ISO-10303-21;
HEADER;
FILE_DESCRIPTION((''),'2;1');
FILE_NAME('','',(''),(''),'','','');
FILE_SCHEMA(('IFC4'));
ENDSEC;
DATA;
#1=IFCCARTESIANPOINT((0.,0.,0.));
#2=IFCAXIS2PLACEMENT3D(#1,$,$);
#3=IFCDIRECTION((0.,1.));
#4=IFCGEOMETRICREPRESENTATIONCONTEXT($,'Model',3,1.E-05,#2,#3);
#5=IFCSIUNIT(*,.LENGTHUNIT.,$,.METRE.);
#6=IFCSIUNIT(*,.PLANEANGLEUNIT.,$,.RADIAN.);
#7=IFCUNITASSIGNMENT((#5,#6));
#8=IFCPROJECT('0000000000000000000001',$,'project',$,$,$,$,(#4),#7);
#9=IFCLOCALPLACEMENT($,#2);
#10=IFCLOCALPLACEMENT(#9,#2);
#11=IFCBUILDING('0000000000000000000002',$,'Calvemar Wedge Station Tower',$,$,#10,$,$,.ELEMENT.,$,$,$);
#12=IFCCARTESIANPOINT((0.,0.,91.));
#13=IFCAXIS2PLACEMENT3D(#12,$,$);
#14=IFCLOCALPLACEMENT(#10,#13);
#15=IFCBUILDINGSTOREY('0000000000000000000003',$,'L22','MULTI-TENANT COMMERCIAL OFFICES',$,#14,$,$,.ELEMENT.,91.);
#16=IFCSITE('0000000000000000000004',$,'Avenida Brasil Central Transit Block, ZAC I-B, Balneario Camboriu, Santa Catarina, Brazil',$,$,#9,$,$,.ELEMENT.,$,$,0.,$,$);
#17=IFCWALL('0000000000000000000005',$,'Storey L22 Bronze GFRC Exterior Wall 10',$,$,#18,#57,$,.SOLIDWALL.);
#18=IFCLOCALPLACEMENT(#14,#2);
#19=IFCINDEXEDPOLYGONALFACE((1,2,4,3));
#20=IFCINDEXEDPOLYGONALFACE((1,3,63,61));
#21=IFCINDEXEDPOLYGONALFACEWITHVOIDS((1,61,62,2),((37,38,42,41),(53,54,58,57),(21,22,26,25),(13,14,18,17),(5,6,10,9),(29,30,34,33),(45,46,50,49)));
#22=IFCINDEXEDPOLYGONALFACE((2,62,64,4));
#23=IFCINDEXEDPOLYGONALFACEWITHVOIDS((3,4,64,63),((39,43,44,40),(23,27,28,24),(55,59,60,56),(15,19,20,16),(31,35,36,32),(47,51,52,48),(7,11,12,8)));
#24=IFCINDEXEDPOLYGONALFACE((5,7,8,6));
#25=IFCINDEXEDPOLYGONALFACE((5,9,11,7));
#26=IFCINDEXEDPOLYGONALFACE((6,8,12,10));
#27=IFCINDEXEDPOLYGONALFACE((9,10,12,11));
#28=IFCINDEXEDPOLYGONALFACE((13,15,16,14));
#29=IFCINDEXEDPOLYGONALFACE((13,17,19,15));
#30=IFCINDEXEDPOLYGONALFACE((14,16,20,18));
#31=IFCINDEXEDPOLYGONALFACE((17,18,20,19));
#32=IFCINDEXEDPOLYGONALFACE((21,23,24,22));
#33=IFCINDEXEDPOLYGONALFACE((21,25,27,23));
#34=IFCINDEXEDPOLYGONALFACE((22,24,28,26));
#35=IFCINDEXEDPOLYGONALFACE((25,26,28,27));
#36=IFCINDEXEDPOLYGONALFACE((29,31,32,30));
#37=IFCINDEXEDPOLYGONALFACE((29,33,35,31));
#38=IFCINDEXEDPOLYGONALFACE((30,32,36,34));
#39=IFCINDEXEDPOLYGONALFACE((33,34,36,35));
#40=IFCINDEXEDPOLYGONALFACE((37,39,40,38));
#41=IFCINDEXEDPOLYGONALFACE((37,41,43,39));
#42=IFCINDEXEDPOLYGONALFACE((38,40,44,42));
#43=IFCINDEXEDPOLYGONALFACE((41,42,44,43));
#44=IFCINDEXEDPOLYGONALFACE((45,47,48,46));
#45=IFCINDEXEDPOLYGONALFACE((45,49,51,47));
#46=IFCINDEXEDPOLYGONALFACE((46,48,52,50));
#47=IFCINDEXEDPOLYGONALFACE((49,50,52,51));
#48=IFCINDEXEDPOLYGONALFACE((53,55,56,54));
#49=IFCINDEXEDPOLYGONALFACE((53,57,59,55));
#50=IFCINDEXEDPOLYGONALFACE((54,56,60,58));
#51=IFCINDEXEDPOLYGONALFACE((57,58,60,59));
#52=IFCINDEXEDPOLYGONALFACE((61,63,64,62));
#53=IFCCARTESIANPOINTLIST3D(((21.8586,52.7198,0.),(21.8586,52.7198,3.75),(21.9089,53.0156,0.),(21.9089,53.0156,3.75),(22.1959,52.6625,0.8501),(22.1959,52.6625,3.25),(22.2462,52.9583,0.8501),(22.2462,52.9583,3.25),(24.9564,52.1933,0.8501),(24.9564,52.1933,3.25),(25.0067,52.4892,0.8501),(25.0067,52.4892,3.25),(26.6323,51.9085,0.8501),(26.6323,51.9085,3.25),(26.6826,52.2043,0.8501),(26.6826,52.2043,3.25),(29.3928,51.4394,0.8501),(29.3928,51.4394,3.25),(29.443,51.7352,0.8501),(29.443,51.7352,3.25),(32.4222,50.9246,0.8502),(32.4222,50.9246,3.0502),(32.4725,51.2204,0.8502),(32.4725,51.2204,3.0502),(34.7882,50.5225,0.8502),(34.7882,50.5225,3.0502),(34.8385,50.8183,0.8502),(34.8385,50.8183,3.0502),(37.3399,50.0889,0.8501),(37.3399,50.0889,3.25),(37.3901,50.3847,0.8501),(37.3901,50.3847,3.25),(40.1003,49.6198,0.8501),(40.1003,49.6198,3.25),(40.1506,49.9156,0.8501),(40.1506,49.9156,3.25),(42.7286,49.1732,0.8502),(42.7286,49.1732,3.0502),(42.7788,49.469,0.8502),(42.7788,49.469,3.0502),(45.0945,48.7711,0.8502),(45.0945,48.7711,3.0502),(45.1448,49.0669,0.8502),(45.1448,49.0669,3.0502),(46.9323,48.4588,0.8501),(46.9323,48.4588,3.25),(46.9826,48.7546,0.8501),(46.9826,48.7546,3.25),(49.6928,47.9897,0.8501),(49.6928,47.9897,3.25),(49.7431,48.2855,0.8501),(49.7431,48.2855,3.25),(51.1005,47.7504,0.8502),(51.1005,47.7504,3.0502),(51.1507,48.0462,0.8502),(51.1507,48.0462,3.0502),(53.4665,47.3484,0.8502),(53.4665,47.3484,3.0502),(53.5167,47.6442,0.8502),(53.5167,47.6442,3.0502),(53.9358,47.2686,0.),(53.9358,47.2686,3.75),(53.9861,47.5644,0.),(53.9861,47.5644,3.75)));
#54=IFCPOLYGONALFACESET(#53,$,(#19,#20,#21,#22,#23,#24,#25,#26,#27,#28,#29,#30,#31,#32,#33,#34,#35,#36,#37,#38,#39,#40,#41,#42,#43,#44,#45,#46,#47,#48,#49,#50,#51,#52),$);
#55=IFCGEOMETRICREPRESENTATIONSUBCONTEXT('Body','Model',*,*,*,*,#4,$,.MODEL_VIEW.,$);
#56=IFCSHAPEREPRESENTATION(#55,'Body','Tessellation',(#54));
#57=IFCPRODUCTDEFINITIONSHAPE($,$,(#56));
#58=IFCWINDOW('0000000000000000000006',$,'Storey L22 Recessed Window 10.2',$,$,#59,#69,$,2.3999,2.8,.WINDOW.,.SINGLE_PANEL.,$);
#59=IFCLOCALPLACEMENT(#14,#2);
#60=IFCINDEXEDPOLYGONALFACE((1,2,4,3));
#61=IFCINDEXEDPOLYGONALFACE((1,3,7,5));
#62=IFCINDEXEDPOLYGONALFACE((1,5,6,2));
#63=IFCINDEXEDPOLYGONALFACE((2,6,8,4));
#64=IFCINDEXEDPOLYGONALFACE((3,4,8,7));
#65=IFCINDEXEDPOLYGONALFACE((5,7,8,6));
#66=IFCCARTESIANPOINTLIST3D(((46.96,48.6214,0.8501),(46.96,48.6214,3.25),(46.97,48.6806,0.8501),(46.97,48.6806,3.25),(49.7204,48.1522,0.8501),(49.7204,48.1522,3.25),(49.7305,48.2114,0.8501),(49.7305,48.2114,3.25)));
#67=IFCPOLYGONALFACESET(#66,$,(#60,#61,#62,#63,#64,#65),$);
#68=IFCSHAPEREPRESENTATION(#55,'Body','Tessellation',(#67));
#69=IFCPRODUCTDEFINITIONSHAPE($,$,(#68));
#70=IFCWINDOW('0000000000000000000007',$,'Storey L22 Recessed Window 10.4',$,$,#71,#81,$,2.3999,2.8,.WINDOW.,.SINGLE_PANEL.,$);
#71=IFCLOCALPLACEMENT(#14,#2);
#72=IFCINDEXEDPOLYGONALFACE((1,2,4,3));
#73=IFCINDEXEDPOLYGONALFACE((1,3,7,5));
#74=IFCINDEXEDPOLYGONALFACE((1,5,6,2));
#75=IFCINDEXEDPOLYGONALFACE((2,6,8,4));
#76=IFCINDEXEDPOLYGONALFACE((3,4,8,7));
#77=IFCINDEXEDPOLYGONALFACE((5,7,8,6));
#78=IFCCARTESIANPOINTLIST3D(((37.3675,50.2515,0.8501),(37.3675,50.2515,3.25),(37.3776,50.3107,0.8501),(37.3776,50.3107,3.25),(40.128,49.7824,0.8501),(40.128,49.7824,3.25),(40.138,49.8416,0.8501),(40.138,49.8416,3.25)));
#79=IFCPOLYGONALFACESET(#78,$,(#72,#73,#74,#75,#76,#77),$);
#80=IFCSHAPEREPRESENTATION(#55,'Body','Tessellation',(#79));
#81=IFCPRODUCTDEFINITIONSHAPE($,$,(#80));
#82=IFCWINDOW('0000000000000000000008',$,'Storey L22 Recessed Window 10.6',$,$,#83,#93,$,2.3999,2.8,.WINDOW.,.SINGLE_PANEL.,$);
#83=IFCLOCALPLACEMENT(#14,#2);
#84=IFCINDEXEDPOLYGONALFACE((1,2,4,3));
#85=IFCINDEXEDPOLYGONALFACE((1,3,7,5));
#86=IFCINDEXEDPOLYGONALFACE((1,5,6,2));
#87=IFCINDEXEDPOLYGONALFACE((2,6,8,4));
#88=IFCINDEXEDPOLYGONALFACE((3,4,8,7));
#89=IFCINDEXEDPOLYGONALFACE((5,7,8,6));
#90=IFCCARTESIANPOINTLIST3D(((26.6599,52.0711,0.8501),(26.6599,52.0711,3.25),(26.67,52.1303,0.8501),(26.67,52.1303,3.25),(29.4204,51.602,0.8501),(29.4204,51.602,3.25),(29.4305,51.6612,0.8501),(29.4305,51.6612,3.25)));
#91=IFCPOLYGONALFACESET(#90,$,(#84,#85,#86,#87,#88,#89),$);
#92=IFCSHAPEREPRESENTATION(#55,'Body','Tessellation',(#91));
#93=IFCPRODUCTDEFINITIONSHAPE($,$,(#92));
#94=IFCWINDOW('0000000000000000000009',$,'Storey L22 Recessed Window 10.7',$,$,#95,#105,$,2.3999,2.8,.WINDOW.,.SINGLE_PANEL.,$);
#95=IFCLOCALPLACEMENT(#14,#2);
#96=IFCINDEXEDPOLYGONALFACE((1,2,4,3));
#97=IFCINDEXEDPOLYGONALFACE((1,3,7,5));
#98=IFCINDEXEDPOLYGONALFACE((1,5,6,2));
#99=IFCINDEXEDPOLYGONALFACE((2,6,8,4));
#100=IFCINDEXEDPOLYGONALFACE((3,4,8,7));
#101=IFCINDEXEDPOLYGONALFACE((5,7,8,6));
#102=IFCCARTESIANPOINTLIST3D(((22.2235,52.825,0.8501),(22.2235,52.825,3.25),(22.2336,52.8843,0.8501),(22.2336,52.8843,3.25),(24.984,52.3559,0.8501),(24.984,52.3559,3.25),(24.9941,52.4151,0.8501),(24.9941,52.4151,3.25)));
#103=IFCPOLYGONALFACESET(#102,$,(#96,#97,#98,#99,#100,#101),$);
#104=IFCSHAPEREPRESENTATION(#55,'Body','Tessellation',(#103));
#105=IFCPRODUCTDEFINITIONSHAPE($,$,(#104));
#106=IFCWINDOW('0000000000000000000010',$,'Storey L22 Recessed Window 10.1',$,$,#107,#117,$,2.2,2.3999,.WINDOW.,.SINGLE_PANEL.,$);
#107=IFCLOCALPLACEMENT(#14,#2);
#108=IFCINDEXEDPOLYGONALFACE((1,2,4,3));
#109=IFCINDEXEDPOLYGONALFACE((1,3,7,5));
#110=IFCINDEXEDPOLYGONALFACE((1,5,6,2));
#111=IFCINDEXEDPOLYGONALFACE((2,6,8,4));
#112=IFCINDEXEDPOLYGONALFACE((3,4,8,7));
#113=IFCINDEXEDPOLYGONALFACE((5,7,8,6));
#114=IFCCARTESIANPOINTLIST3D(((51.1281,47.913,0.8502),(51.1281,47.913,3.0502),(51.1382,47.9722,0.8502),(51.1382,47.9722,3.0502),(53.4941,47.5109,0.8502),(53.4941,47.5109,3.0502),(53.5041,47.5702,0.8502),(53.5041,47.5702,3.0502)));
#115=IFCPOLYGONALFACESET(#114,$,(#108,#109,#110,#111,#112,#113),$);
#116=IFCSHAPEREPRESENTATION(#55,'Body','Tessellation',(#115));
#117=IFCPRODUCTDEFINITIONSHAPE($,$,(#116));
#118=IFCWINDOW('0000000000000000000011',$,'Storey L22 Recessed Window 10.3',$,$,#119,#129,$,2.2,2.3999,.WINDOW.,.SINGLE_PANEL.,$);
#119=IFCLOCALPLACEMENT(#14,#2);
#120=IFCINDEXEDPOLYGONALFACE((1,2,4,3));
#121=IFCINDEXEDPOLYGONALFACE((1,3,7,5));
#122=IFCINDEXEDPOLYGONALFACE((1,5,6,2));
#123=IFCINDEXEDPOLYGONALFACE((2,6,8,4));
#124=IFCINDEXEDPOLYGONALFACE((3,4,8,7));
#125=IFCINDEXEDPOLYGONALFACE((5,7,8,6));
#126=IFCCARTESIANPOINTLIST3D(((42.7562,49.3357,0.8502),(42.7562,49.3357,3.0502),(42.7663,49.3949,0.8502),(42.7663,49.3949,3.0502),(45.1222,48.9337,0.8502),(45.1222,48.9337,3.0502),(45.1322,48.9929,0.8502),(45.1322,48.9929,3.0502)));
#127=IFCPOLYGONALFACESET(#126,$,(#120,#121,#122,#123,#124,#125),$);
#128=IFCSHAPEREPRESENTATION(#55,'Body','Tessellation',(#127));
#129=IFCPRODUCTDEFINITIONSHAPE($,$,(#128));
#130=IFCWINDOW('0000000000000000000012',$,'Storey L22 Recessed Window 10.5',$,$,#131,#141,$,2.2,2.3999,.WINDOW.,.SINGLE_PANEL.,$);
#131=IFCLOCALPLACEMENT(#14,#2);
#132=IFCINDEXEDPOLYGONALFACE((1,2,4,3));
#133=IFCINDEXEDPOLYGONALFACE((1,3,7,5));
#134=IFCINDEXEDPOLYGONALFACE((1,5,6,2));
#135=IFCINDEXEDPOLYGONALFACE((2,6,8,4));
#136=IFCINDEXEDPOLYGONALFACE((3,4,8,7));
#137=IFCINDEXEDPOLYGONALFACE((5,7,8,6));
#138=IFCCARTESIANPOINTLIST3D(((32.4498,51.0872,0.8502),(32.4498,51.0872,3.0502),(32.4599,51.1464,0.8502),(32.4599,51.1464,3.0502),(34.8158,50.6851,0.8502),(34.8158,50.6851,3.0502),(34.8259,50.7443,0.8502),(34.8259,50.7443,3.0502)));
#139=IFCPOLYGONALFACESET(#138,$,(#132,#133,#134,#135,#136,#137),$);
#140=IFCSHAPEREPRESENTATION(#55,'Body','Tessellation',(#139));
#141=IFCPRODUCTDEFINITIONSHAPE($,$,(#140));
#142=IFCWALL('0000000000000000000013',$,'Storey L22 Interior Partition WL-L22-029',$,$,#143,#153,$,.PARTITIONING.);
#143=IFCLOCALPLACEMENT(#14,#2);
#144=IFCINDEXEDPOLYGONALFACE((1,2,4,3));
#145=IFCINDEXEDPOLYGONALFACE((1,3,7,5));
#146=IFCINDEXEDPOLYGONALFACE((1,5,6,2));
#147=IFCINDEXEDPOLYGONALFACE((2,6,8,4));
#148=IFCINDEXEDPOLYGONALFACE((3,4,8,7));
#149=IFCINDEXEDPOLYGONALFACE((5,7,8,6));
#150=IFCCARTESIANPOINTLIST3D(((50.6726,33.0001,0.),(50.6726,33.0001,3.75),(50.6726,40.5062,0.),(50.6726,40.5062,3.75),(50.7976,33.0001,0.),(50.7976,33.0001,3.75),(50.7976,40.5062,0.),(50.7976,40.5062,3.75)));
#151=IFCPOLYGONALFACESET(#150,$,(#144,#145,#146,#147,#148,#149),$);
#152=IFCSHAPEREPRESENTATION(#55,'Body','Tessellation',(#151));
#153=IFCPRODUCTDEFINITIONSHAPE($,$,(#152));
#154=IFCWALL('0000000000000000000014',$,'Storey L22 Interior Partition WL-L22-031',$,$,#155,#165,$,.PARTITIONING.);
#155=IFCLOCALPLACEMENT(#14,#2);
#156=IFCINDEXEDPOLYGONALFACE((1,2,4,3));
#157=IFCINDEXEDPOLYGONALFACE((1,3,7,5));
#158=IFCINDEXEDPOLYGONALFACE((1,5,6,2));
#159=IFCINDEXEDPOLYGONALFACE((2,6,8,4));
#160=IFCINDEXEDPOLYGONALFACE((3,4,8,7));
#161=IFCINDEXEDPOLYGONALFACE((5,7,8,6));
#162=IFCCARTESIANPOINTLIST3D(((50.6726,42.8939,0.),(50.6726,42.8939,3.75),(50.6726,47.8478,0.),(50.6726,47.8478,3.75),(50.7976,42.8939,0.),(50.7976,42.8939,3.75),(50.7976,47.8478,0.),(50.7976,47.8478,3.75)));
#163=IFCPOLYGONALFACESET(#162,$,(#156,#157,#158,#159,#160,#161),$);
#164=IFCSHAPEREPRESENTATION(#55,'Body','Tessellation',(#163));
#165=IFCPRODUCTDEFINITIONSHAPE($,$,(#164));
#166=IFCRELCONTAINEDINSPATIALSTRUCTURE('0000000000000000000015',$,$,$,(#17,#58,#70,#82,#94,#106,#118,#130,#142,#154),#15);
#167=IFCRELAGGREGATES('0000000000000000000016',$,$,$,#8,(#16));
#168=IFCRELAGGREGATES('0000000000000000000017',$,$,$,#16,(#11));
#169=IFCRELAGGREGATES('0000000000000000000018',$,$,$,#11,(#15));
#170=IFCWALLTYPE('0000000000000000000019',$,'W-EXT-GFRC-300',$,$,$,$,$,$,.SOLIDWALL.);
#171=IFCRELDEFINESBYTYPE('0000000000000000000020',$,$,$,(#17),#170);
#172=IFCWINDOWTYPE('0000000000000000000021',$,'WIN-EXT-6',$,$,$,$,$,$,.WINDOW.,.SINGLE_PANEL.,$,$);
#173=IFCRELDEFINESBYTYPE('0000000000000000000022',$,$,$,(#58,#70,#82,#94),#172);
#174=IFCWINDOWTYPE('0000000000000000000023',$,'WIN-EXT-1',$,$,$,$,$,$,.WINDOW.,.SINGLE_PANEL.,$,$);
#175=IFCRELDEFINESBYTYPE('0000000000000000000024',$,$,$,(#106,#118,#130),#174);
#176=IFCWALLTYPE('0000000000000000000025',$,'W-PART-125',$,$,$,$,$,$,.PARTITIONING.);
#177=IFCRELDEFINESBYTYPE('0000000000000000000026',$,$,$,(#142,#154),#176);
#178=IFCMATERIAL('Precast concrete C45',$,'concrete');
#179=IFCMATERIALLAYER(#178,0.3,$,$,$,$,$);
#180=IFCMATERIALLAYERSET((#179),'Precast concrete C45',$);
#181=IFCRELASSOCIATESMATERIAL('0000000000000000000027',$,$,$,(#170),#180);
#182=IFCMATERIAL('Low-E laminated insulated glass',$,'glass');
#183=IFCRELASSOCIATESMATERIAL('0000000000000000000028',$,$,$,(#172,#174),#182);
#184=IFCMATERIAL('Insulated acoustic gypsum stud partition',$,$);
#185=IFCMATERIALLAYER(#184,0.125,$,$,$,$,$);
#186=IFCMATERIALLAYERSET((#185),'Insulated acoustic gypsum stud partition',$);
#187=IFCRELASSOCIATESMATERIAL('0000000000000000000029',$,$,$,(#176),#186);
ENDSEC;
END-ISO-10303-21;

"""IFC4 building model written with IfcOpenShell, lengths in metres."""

from ifc_helpers import new_model, si_unit, direction, frame, frame_2d, origin, place, context, subcontext, project, spatial, rectangle, extrude, source, transform, mapped, material, layer, layer_set, type_object, element, fill, save


model = new_model("IFC4")

# Units and contexts
model_context = context("Model", 3, precision=1e-05, world=origin(), true_north=direction((0.0, 1.0)))
body_context = subcontext(model_context, "Body", "Model", "MODEL_VIEW")
ifc_project = project(units=[si_unit("LENGTHUNIT", "METRE"), si_unit("PLANEANGLEUNIT", "RADIAN")], contexts=[model_context])

# Site, building, storey
site_placement = place(None, origin())
site = spatial("IfcSite", under=ifc_project, at=site_placement, Name="Avenida Brasil Central Transit Block, ZAC I-B, Balneario Camboriu, Santa Catarina, Brazil", CompositionType="ELEMENT", RefElevation=0.0)
building_placement = place(site_placement, origin())
building = spatial("IfcBuilding", under=site, at=building_placement, Name="Calvemar Wedge Station Tower", CompositionType="ELEMENT")
storey_placement = place(building_placement, frame((0.0, 0.0, 91.0)))
storey = spatial("IfcBuildingStorey", under=building, at=storey_placement, Name="L22", Description="MULTI-TENANT COMMERCIAL OFFICES", CompositionType="ELEMENT", Elevation=91.0)

# Shared definitions
ifc_material_1 = material(Name="Low-E laminated insulated glass", Category="glass")

# Shared definitions
ifc_material_2 = material(Name="Precast concrete C45", Category="concrete")
ifc_layer_1 = layer(ifc_material_2, 0.3)
ifc_layer_set_1 = layer_set([ifc_layer_1], Name="Precast concrete C45")
wall_type_1 = type_object("IfcWallType", Name="W-EXT-GFRC-300", PredefinedType="SOLIDWALL", material=ifc_layer_set_1)

# Wall, openings, windows
wall_1_placement = place(storey_placement, frame((53.9609, 47.4165, 0.0), z_axis=(0.0, 0.0, 1.0), x_axis=(-0.985866, 0.167537, 0.0)))
wall_1 = element("IfcWall", 1, at=wall_1_placement, inside=storey, type_object=wall_type_1, Name="Storey L22 Bronze GFRC Exterior Wall 10", PredefinedType="SOLIDWALL", context=body_context, shape_type="SweptSolid", body=[
    extrude(rectangle(XDim=32.5371, YDim=0.3, at=frame_2d((16.2686, 0.0))), origin(), (0.0, 0.0, 1.0), 3.75),
])
shared_shape_1 = source(origin(), body_context, "Body", "SweptSolid", [
    extrude(rectangle(XDim=2.3999, YDim=2.2, at=frame_2d((1.2, 1.1001))), frame((0.0, 0.1602, 0.0), z_axis=(0.0, -1.0, 0.0), x_axis=(1.0, 0.0, 0.0)), (0.0, 0.0, 1.0), 0.3201),
])
opening_1_placement = place(wall_1_placement, frame((0.4761, 0.0, 0.8501)))
opening_1 = element("IfcOpeningElement", 2, at=opening_1_placement, cuts=wall_1, PredefinedType="OPENING", context=body_context, shape_type="MappedRepresentation", body=[
    mapped(shared_shape_1, transform((0.0, 0.0, 0.0), scale=1.0)),
])
shared_shape_2 = source(origin(), body_context, "Body", "SweptSolid", [
    extrude(rectangle(XDim=2.8, YDim=2.3999, at=frame_2d((1.3999, 1.2))), frame((0.0, 0.1602, 0.0), z_axis=(0.0, -1.0, 0.0), x_axis=(1.0, 0.0, 0.0)), (0.0, 0.0, 1.0), 0.3201),
])
opening_2_placement = place(wall_1_placement, frame((4.304, 0.0, 0.8501)))
opening_2 = element("IfcOpeningElement", 3, at=opening_2_placement, cuts=wall_1, PredefinedType="OPENING", context=body_context, shape_type="MappedRepresentation", body=[
    mapped(shared_shape_2, transform((0.0, 0.0, 0.0), scale=1.0)),
])
opening_3_placement = place(wall_1_placement, frame((8.968, 0.0, 0.8501)))
opening_3 = element("IfcOpeningElement", 4, at=opening_3_placement, cuts=wall_1, PredefinedType="OPENING", context=body_context, shape_type="MappedRepresentation", body=[
    mapped(shared_shape_1, transform((0.0, 0.0, 0.0), scale=1.0)),
])
opening_4_placement = place(wall_1_placement, frame((14.0339, 0.0, 0.8501)))
opening_4 = element("IfcOpeningElement", 5, at=opening_4_placement, cuts=wall_1, PredefinedType="OPENING", context=body_context, shape_type="MappedRepresentation", body=[
    mapped(shared_shape_2, transform((0.0, 0.0, 0.0), scale=1.0)),
])
opening_5_placement = place(wall_1_placement, frame((19.4221, 0.0, 0.8501)))
opening_5 = element("IfcOpeningElement", 6, at=opening_5_placement, cuts=wall_1, PredefinedType="OPENING", context=body_context, shape_type="MappedRepresentation", body=[
    mapped(shared_shape_1, transform((0.0, 0.0, 0.0), scale=1.0)),
])
opening_6_placement = place(wall_1_placement, frame((24.895, 0.0, 0.8501)))
opening_6 = element("IfcOpeningElement", 7, at=opening_6_placement, cuts=wall_1, PredefinedType="OPENING", context=body_context, shape_type="MappedRepresentation", body=[
    mapped(shared_shape_2, transform((0.0, 0.0, 0.0), scale=1.0)),
])
opening_7_placement = place(wall_1_placement, frame((29.395, 0.0, 0.8501)))
opening_7 = element("IfcOpeningElement", 8, at=opening_7_placement, cuts=wall_1, PredefinedType="OPENING", context=body_context, shape_type="MappedRepresentation", body=[
    mapped(shared_shape_2, transform((0.0, 0.0, 0.0), scale=1.0)),
])
window_type_1 = type_object("IfcWindowType", Name="WIN-EXT-6", PartitioningType="SINGLE_PANEL", PredefinedType="WINDOW", material=ifc_material_1)
shared_shape_3 = source(origin(), body_context, "Body", "SweptSolid", [
    extrude(rectangle(XDim=2.8, YDim=2.3999, at=frame_2d((1.3999, 1.2))), frame((0.0, -0.0149, 0.0), z_axis=(0.0, -1.0, 0.0), x_axis=(1.0, 0.0, 0.0)), (0.0, 0.0, 1.0), 0.0601),
])
window_1_placement = place(opening_2_placement, origin())
window_1 = element("IfcWindow", 9, at=window_1_placement, inside=storey, type_object=window_type_1, Name="Storey L22 Recessed Window 10.2", OverallHeight=2.3999, OverallWidth=2.8, PartitioningType="SINGLE_PANEL", PredefinedType="WINDOW", context=body_context, shape_type="MappedRepresentation", body=[
    mapped(shared_shape_3, transform((0.0, 0.0, 0.0), scale=1.0)),
])
fill(opening_2, window_1)
window_2_placement = place(opening_4_placement, origin())
window_2 = element("IfcWindow", 10, at=window_2_placement, inside=storey, type_object=window_type_1, Name="Storey L22 Recessed Window 10.4", OverallHeight=2.3999, OverallWidth=2.8, PartitioningType="SINGLE_PANEL", PredefinedType="WINDOW", context=body_context, shape_type="MappedRepresentation", body=[
    mapped(shared_shape_3, transform((0.0, 0.0, 0.0), scale=1.0)),
])
fill(opening_4, window_2)
window_3_placement = place(opening_6_placement, origin())
window_3 = element("IfcWindow", 11, at=window_3_placement, inside=storey, type_object=window_type_1, Name="Storey L22 Recessed Window 10.6", OverallHeight=2.3999, OverallWidth=2.8, PartitioningType="SINGLE_PANEL", PredefinedType="WINDOW", context=body_context, shape_type="MappedRepresentation", body=[
    mapped(shared_shape_3, transform((0.0, 0.0, 0.0), scale=1.0)),
])
fill(opening_6, window_3)
window_4_placement = place(opening_7_placement, origin())
window_4 = element("IfcWindow", 12, at=window_4_placement, inside=storey, type_object=window_type_1, Name="Storey L22 Recessed Window 10.7", OverallHeight=2.3999, OverallWidth=2.8, PartitioningType="SINGLE_PANEL", PredefinedType="WINDOW", context=body_context, shape_type="MappedRepresentation", body=[
    mapped(shared_shape_3, transform((0.0, 0.0, 0.0), scale=1.0)),
])
fill(opening_7, window_4)
window_type_2 = type_object("IfcWindowType", Name="WIN-EXT-1", PartitioningType="SINGLE_PANEL", PredefinedType="WINDOW", material=ifc_material_1)
shared_shape_4 = source(origin(), body_context, "Body", "SweptSolid", [
    extrude(rectangle(XDim=2.3999, YDim=2.2, at=frame_2d((1.2, 1.1001))), frame((0.0, -0.0149, 0.0), z_axis=(0.0, -1.0, 0.0), x_axis=(1.0, 0.0, 0.0)), (0.0, 0.0, 1.0), 0.0601),
])
window_5_placement = place(opening_1_placement, origin())
window_5 = element("IfcWindow", 13, at=window_5_placement, inside=storey, type_object=window_type_2, Name="Storey L22 Recessed Window 10.1", OverallHeight=2.2, OverallWidth=2.3999, PartitioningType="SINGLE_PANEL", PredefinedType="WINDOW", context=body_context, shape_type="MappedRepresentation", body=[
    mapped(shared_shape_4, transform((0.0, 0.0, 0.0), scale=1.0)),
])
fill(opening_1, window_5)
window_6_placement = place(opening_3_placement, origin())
window_6 = element("IfcWindow", 14, at=window_6_placement, inside=storey, type_object=window_type_2, Name="Storey L22 Recessed Window 10.3", OverallHeight=2.2, OverallWidth=2.3999, PartitioningType="SINGLE_PANEL", PredefinedType="WINDOW", context=body_context, shape_type="MappedRepresentation", body=[
    mapped(shared_shape_4, transform((0.0, 0.0, 0.0), scale=1.0)),
])
fill(opening_3, window_6)
window_7_placement = place(opening_5_placement, origin())
window_7 = element("IfcWindow", 15, at=window_7_placement, inside=storey, type_object=window_type_2, Name="Storey L22 Recessed Window 10.5", OverallHeight=2.2, OverallWidth=2.3999, PartitioningType="SINGLE_PANEL", PredefinedType="WINDOW", context=body_context, shape_type="MappedRepresentation", body=[
    mapped(shared_shape_4, transform((0.0, 0.0, 0.0), scale=1.0)),
])
fill(opening_5, window_7)

# Walls
ifc_material_3 = material(Name="Insulated acoustic gypsum stud partition")
ifc_layer_2 = layer(ifc_material_3, 0.125)
ifc_layer_set_2 = layer_set([ifc_layer_2], Name="Insulated acoustic gypsum stud partition")
wall_type_2 = type_object("IfcWallType", Name="W-PART-125", PredefinedType="PARTITIONING", material=ifc_layer_set_2)
wall_2_placement = place(storey_placement, frame((50.7351, 40.5061, 0.0), z_axis=(0.0, 0.0, 1.0), x_axis=(0.0, -1.0, 0.0)))
element("IfcWall", 16, at=wall_2_placement, inside=storey, type_object=wall_type_2, Name="Storey L22 Interior Partition WL-L22-029", PredefinedType="PARTITIONING", context=body_context, shape_type="SweptSolid", body=[
    extrude(rectangle(XDim=7.5061, YDim=0.125, at=frame_2d((3.7529, 0.0))), origin(), (0.0, 0.0, 1.0), 3.75),
])
wall_3_placement = place(storey_placement, frame((50.7351, 47.8479, 0.0), z_axis=(0.0, 0.0, 1.0), x_axis=(0.0, -1.0, 0.0)))
element("IfcWall", 17, at=wall_3_placement, inside=storey, type_object=wall_type_2, Name="Storey L22 Interior Partition WL-L22-031", PredefinedType="PARTITIONING", context=body_context, shape_type="SweptSolid", body=[
    extrude(rectangle(XDim=4.9539, YDim=0.125, at=frame_2d((2.4771, 0.0))), origin(), (0.0, 0.0, 1.0), 3.75),
])

save(model, "model.ifc")
